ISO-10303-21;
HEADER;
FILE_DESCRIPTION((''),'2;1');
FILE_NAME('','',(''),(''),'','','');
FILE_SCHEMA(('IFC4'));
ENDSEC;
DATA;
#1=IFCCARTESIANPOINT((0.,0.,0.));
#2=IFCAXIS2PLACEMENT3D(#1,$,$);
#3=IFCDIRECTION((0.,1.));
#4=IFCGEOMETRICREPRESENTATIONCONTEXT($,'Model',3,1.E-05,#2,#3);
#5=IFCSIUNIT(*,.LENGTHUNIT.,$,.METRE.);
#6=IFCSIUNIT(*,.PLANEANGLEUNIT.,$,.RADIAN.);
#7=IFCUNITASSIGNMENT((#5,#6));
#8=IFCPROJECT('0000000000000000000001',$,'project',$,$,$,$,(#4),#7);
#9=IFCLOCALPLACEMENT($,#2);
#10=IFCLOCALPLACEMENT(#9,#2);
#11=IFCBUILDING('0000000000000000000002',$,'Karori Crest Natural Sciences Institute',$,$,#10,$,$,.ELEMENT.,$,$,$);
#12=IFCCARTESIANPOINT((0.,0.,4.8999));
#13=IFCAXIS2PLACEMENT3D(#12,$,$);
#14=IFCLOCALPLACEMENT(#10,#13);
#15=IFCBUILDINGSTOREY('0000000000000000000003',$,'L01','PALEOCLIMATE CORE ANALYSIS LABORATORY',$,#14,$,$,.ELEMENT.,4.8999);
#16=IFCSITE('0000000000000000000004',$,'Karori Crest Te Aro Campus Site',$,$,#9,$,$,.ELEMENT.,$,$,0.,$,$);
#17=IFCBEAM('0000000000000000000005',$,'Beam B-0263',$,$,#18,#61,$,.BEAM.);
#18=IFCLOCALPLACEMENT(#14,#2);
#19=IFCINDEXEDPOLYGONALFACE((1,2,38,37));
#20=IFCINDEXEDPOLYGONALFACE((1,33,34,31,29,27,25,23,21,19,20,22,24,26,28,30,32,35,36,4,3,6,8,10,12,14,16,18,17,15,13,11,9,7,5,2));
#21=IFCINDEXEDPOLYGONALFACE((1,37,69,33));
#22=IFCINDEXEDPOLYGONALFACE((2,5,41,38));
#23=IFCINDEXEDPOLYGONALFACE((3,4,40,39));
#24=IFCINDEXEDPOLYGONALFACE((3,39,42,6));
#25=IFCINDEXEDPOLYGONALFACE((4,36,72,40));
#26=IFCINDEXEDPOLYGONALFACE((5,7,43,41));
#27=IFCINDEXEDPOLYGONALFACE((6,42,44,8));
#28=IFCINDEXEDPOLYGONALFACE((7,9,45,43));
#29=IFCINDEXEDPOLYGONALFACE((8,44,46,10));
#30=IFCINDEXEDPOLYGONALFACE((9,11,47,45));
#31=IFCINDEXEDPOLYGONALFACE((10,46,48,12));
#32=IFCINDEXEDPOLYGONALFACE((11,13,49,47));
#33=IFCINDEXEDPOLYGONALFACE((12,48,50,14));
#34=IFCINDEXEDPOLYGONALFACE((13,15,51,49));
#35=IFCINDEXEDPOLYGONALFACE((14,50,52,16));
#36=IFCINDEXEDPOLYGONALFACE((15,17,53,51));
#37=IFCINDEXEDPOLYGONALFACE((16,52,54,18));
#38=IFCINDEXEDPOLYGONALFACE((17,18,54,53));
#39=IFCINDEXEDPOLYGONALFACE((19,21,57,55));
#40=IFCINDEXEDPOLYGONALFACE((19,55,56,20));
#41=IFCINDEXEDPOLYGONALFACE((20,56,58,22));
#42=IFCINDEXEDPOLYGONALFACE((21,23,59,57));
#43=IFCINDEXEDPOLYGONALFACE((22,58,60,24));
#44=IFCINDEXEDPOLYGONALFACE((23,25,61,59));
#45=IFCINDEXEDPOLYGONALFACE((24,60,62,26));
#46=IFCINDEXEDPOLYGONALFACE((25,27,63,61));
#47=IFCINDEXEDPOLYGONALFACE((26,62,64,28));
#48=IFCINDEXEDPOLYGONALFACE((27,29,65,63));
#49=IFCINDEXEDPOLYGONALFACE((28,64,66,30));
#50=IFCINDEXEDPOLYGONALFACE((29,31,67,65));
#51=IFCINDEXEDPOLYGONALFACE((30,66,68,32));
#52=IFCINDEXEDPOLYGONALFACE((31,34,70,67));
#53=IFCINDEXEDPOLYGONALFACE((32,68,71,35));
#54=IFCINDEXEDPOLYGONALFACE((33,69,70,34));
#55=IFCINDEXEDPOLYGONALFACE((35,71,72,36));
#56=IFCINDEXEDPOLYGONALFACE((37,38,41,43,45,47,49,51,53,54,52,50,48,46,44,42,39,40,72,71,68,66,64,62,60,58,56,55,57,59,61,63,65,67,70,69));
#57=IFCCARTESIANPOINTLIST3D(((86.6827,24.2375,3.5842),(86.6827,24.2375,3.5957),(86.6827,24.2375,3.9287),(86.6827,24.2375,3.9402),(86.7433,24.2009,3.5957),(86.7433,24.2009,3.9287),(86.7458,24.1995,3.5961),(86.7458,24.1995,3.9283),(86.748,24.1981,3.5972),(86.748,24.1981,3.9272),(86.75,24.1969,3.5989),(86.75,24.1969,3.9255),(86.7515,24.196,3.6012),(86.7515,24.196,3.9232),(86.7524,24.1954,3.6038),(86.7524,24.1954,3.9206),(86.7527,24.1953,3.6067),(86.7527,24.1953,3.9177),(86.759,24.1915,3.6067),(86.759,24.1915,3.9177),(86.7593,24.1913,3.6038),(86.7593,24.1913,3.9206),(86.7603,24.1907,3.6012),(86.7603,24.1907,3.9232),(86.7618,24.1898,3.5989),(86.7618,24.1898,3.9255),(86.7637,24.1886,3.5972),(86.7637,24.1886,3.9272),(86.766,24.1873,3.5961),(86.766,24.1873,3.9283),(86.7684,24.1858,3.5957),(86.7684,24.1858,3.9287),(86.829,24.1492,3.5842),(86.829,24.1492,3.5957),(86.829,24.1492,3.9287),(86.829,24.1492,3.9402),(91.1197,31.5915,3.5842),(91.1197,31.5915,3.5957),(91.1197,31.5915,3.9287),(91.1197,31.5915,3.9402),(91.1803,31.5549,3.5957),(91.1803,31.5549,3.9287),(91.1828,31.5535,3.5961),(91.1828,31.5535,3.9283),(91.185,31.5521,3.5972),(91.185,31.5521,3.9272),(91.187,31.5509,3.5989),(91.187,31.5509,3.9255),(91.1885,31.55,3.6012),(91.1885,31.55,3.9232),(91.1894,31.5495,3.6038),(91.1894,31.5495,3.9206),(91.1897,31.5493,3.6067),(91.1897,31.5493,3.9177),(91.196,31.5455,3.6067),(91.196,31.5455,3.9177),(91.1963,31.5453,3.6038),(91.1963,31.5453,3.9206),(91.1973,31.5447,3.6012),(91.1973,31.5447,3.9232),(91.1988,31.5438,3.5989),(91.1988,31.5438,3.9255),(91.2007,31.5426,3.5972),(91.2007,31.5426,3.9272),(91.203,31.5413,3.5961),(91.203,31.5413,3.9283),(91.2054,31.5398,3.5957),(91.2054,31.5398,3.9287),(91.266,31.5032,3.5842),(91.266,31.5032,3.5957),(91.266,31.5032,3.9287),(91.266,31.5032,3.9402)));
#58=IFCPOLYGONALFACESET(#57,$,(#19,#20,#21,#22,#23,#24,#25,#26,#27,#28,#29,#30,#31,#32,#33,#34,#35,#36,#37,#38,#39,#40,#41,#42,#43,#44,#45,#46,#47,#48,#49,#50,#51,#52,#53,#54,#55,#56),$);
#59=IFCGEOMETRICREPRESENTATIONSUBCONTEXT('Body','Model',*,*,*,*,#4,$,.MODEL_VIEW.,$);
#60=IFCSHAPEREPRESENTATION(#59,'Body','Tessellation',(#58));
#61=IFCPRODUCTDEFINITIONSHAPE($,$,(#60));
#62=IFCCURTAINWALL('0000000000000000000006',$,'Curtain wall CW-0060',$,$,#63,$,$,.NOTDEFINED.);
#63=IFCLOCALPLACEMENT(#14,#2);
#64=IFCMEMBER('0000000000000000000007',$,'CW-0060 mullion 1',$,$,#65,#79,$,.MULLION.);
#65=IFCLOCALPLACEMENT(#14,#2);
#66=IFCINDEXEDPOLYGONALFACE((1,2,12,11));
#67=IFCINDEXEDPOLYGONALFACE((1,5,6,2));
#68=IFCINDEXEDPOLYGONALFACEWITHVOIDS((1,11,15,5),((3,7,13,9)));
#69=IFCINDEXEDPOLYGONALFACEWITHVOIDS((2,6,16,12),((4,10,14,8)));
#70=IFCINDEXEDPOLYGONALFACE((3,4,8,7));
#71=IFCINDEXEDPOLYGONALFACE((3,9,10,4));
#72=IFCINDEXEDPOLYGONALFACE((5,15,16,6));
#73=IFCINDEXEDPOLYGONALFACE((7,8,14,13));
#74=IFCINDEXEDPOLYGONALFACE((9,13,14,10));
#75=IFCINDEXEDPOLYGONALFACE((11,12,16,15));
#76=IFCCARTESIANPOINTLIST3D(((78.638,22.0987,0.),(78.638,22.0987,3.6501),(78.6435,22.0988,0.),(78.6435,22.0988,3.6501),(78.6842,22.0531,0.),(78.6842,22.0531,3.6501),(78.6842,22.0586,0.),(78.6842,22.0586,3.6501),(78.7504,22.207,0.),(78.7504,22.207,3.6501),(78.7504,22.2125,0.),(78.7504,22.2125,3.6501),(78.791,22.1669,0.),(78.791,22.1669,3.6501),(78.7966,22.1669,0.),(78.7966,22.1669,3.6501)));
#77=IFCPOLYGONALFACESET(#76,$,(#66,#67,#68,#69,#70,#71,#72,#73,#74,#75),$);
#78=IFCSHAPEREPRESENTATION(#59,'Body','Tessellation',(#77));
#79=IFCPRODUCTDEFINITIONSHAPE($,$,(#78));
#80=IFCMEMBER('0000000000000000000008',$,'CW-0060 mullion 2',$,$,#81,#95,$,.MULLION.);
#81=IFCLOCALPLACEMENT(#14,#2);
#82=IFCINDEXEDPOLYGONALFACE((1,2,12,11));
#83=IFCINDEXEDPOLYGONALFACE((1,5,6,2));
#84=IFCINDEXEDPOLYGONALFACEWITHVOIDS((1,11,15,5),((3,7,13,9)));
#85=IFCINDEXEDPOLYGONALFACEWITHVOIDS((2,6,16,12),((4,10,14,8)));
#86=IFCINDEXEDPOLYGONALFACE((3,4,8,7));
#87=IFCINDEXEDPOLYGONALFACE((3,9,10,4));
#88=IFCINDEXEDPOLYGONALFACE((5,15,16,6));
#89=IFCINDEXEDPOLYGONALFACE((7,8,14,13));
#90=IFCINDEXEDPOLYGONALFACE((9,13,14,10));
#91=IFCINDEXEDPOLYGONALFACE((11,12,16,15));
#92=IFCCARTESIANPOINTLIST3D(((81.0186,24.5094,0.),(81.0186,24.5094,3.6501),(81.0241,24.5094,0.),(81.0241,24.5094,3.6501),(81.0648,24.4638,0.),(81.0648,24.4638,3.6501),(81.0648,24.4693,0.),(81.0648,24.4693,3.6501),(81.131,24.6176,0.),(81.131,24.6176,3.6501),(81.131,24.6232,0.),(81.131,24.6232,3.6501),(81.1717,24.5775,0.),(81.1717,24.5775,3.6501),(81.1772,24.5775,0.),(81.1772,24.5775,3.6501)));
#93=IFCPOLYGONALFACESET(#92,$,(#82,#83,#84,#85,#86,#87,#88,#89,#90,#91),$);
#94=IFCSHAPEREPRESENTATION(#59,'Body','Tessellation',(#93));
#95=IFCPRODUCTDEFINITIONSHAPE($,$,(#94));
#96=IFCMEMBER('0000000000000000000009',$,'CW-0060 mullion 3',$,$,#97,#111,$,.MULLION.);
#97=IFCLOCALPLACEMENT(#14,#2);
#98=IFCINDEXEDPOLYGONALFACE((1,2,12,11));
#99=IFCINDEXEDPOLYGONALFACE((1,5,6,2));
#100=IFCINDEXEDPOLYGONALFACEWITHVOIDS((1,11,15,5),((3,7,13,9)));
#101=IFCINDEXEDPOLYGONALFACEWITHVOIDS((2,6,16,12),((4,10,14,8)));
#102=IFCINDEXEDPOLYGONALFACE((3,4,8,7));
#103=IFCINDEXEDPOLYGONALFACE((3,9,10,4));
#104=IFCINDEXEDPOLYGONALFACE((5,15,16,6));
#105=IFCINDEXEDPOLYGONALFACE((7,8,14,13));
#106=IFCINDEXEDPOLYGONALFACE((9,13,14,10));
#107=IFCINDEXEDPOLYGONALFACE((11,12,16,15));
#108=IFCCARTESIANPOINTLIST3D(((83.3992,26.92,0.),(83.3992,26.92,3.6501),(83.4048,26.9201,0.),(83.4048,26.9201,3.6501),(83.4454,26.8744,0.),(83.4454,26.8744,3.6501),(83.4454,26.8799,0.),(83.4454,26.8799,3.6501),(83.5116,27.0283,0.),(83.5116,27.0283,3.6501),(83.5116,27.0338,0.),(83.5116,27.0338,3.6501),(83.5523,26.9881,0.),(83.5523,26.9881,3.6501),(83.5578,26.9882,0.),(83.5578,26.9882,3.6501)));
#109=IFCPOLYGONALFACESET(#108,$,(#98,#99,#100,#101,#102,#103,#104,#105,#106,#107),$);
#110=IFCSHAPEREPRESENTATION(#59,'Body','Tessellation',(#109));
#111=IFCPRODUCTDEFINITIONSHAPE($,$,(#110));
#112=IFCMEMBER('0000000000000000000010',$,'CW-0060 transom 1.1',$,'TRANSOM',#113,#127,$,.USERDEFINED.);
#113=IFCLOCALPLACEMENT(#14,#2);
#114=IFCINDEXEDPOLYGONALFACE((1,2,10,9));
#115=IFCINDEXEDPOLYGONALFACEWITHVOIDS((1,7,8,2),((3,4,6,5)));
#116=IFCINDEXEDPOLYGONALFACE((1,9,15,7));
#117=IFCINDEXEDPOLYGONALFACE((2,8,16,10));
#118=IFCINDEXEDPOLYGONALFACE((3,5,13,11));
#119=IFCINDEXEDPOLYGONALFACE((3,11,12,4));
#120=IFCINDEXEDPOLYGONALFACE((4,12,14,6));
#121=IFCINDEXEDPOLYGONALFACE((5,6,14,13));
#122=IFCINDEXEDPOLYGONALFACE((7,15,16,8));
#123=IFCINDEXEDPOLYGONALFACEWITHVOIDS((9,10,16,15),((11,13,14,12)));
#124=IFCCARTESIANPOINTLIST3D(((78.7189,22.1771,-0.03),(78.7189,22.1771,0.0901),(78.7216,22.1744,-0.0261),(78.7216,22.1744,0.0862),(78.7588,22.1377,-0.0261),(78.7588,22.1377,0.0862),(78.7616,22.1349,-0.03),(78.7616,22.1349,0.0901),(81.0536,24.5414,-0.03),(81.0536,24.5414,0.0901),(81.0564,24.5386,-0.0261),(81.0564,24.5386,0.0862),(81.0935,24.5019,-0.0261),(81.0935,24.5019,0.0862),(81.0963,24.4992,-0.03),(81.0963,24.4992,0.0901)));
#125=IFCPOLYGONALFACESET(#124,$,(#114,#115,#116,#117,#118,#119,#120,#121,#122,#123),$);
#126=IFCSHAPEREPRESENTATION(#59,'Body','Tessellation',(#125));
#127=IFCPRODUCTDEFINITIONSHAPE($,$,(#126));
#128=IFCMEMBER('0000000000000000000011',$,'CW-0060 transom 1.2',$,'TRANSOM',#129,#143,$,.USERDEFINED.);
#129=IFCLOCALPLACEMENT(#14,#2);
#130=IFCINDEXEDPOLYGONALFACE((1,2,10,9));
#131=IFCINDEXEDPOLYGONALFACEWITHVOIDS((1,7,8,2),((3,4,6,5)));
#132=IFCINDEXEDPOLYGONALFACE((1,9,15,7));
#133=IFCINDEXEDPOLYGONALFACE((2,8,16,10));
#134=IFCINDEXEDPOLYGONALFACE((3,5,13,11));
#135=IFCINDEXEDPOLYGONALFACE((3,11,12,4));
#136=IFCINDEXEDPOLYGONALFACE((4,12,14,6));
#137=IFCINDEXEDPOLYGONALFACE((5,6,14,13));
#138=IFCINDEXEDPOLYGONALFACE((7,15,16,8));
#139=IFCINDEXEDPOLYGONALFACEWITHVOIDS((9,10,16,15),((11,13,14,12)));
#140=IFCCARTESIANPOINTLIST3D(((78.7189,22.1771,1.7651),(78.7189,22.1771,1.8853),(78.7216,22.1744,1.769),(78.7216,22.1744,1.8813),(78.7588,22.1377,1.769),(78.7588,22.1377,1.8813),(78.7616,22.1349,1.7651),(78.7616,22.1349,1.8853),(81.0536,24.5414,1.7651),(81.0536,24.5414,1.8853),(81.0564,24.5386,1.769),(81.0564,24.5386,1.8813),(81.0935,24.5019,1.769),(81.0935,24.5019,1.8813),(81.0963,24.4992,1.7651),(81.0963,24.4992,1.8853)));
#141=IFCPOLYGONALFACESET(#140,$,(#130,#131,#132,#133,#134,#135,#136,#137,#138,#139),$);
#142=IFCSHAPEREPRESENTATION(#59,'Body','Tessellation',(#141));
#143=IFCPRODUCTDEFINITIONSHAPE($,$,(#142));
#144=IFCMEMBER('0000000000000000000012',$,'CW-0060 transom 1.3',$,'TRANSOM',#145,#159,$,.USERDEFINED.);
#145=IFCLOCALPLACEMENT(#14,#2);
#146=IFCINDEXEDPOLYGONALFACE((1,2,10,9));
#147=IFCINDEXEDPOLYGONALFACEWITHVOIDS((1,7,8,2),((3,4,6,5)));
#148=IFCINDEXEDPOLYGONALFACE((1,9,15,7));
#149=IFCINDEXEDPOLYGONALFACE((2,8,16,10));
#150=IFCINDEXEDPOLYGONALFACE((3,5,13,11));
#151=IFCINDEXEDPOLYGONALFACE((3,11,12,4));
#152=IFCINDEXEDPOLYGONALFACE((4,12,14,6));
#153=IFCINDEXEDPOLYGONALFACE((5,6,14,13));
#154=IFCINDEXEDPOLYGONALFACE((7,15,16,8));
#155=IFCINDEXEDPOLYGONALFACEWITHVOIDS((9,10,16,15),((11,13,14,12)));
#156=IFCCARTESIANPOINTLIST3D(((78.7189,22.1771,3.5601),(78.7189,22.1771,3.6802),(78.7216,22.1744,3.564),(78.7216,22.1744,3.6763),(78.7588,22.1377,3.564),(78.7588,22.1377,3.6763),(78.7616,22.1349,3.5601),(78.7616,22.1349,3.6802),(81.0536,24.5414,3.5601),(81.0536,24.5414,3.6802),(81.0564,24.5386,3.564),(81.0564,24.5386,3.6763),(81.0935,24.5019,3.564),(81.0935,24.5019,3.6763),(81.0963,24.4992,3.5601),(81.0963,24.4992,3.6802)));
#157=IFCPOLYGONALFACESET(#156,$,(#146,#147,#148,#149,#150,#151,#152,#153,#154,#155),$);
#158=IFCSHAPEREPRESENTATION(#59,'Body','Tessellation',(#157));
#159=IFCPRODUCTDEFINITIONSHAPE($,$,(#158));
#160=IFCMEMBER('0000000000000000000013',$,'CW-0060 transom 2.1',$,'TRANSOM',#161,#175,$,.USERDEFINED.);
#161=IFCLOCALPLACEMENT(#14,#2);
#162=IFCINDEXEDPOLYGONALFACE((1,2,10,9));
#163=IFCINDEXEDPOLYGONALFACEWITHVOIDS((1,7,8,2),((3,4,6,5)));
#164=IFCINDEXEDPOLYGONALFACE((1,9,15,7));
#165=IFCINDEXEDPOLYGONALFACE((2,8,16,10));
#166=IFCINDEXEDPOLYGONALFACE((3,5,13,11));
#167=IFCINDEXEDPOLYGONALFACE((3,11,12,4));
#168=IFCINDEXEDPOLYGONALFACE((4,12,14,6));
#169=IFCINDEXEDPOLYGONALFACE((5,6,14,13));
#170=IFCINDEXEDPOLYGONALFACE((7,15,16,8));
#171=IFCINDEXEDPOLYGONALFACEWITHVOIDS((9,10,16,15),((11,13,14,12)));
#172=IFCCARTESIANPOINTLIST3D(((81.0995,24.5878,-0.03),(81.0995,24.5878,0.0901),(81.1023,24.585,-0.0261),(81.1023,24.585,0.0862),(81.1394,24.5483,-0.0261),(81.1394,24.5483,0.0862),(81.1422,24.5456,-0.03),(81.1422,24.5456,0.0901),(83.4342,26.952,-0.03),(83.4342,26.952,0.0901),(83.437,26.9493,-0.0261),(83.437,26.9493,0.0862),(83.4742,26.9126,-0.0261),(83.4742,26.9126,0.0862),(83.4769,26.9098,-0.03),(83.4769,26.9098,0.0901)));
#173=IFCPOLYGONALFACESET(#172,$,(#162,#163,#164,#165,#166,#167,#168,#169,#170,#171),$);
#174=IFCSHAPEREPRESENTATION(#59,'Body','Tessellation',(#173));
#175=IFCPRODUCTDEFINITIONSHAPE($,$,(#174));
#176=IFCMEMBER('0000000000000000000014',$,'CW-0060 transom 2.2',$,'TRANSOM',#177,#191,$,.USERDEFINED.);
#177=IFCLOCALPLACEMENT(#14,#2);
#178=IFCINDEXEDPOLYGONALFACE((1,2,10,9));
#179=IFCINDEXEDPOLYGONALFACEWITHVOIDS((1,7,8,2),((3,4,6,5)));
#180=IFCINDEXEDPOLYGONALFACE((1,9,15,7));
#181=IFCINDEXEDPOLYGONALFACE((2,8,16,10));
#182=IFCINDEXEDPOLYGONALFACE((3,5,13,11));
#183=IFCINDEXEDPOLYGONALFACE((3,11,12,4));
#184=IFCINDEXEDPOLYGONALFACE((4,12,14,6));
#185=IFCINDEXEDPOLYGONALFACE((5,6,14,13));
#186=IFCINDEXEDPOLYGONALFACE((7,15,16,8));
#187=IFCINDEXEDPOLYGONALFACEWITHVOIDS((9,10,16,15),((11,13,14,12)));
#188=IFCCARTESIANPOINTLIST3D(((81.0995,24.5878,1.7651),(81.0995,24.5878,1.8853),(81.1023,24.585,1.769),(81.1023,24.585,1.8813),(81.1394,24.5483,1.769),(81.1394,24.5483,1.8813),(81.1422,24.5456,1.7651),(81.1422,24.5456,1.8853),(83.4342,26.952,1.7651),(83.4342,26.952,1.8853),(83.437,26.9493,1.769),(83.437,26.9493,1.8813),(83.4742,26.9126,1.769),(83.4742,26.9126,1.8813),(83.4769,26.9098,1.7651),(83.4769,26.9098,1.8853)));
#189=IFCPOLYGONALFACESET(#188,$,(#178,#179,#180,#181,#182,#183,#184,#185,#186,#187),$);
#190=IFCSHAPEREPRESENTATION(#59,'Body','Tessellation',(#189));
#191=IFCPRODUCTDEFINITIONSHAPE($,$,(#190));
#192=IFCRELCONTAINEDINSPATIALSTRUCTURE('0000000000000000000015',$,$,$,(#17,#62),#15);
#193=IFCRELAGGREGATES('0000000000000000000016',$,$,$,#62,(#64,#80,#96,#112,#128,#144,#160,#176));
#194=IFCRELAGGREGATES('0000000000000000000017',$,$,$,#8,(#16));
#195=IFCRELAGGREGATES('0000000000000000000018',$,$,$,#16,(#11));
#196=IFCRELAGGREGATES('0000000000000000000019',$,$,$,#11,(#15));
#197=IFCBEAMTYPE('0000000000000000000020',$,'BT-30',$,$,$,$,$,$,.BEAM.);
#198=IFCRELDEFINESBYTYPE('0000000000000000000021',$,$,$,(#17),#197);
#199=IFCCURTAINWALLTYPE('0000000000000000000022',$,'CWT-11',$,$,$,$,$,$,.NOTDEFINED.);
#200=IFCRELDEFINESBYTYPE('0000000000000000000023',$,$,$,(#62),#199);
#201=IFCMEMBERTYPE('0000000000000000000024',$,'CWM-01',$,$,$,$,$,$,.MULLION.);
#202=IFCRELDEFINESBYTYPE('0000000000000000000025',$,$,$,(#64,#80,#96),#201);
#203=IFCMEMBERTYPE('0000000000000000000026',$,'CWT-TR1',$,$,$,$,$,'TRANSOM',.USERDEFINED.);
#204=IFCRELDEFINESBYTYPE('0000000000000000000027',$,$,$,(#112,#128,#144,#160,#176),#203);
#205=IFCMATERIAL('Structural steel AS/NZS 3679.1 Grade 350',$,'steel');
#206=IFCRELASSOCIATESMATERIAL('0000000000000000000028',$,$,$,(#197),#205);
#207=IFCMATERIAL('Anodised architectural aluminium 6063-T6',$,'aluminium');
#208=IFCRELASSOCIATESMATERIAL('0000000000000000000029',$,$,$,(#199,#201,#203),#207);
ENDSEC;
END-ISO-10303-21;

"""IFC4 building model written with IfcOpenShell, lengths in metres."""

from ifc_helpers import new_model, si_unit, direction, frame, origin, origin_2d, place, context, subcontext, project, spatial, hollow_rectangle, i_section, extrude, material, material_profile, profile_set, type_object, element, aggregate, save


model = new_model("IFC4")

# Units and contexts
model_context = context("Model", 3, precision=1e-05, world=origin(), true_north=direction((0.0, 1.0)))
body_context = subcontext(model_context, "Body", "Model", "MODEL_VIEW")
ifc_project = project(units=[si_unit("LENGTHUNIT", "METRE"), si_unit("PLANEANGLEUNIT", "RADIAN")], contexts=[model_context])

# Site, building, storey
site_placement = place(None, origin())
site = spatial("IfcSite", under=ifc_project, at=site_placement, Name="Karori Crest Te Aro Campus Site", CompositionType="ELEMENT", RefElevation=0.0)
building_placement = place(site_placement, origin())
building = spatial("IfcBuilding", under=site, at=building_placement, Name="Karori Crest Natural Sciences Institute", CompositionType="ELEMENT")
storey_placement = place(building_placement, frame((0.0, 0.0, 4.8999)))
storey = spatial("IfcBuildingStorey", under=building, at=storey_placement, Name="L01", Description="PALEOCLIMATE CORE ANALYSIS LABORATORY", CompositionType="ELEMENT", Elevation=4.8999)

# Shared definitions
ifc_material_1 = material(Name="Structural steel AS/NZS 3679.1 Grade 350", Category="steel")

# Beam
ifc_material_profile_1 = material_profile(ifc_material_1, i_section(OverallWidth=0.1709, OverallDepth=0.356, WebThickness=0.0073, FlangeThickness=0.0115, FilletRadius=0.011, at=origin_2d()), Name="360UB50.7")
ifc_profile_set_1 = profile_set([ifc_material_profile_1], Name="Structural steel AS/NZS 3679.1 Grade 350")
beam_type_1 = type_object("IfcBeamType", Name="BT-30", PredefinedType="BEAM", material=ifc_profile_set_1)
beam_1_placement = place(storey_placement, frame((86.7559, 24.1934, 3.7622), z_axis=(0.516601, 0.856226, 0.0), x_axis=(-0.856226, 0.516601, 0.0)))
element("IfcBeam", 1, at=beam_1_placement, inside=storey, type_object=beam_type_1, Name="Beam B-0263", PredefinedType="BEAM", context=body_context, shape_type="SweptSolid", body=[
    extrude(i_section(OverallWidth=0.1709, OverallDepth=0.356, WebThickness=0.0073, FlangeThickness=0.0115, FilletRadius=0.011, at=origin_2d()), origin(), (0.0, 0.0, 1.0), 8.5889),
])

# Curtain wall, members
ifc_material_2 = material(Name="Anodised architectural aluminium 6063-T6", Category="aluminium")
curtain_wall_type = type_object("IfcCurtainWallType", Name="CWT-11", PredefinedType="NOTDEFINED", material=ifc_material_2)
curtain_wall_placement = place(storey_placement, origin())
curtain_wall = element("IfcCurtainWall", 2, at=curtain_wall_placement, inside=storey, type_object=curtain_wall_type, Name="Curtain wall CW-0060", PredefinedType="NOTDEFINED")
ifc_material_profile_2 = material_profile(ifc_material_2, hollow_rectangle(XDim=0.0649, YDim=0.1599, WallThickness=0.0039, at=origin_2d()), Name="CWM160x65x4")
ifc_profile_set_2 = profile_set([ifc_material_profile_2], Name="Anodised architectural aluminium 6063-T6")
member_type_1 = type_object("IfcMemberType", Name="CWM-01", PredefinedType="MULLION", material=ifc_profile_set_2)
member_1_placement = place(storey_placement, frame((78.7173, 22.1328, 0.0), z_axis=(0.0, 0.0, 1.0), x_axis=(-0.711529, 0.702656, 0.0)))
member_1 = element("IfcMember", 3, at=member_1_placement, type_object=member_type_1, Name="CW-0060 mullion 1", PredefinedType="MULLION", context=body_context, shape_type="SweptSolid", body=[
    extrude(hollow_rectangle(XDim=0.0649, YDim=0.1599, WallThickness=0.0039, at=origin_2d()), origin(), (0.0, 0.0, 1.0), 3.6501),
])
member_2_placement = place(storey_placement, frame((81.0979, 24.5435, 0.0), z_axis=(0.0, 0.0, 1.0), x_axis=(-0.711529, 0.702656, 0.0)))
member_2 = element("IfcMember", 4, at=member_2_placement, type_object=member_type_1, Name="CW-0060 mullion 2", PredefinedType="MULLION", context=body_context, shape_type="SweptSolid", body=[
    extrude(hollow_rectangle(XDim=0.0649, YDim=0.1599, WallThickness=0.0039, at=origin_2d()), origin(), (0.0, 0.0, 1.0), 3.6501),
])
member_3_placement = place(storey_placement, frame((83.4785, 26.9541, 0.0), z_axis=(0.0, 0.0, 1.0), x_axis=(-0.711529, 0.702656, 0.0)))
member_3 = element("IfcMember", 5, at=member_3_placement, type_object=member_type_1, Name="CW-0060 mullion 3", PredefinedType="MULLION", context=body_context, shape_type="SweptSolid", body=[
    extrude(hollow_rectangle(XDim=0.0649, YDim=0.1599, WallThickness=0.0039, at=origin_2d()), origin(), (0.0, 0.0, 1.0), 3.6501),
])
ifc_material_profile_3 = material_profile(ifc_material_2, hollow_rectangle(XDim=0.0601, YDim=0.1201, WallThickness=0.0039, at=origin_2d()), Name="CWT120x60x4")
ifc_profile_set_3 = profile_set([ifc_material_profile_3], Name="Anodised architectural aluminium 6063-T6")
member_type_2 = type_object("IfcMemberType", Name="CWT-TR1", ElementType="TRANSOM", PredefinedType="USERDEFINED", material=ifc_profile_set_3)
member_4_placement = place(storey_placement, frame((78.7402, 22.156, 0.03), z_axis=(0.702648, 0.711538, 0.0), x_axis=(-0.711538, 0.702648, 0.0)))
member_4 = element("IfcMember", 6, at=member_4_placement, type_object=member_type_2, Name="CW-0060 transom 1.1", ObjectType="TRANSOM", PredefinedType="USERDEFINED", context=body_context, shape_type="SweptSolid", body=[
    extrude(hollow_rectangle(XDim=0.0601, YDim=0.1201, WallThickness=0.0039, at=origin_2d()), origin(), (0.0, 0.0, 1.0), 3.3228),
])
member_5_placement = place(storey_placement, frame((78.7402, 22.156, 1.8252), z_axis=(0.702648, 0.711538, 0.0), x_axis=(-0.711538, 0.702648, 0.0)))
member_5 = element("IfcMember", 7, at=member_5_placement, type_object=member_type_2, Name="CW-0060 transom 1.2", ObjectType="TRANSOM", PredefinedType="USERDEFINED", context=body_context, shape_type="SweptSolid", body=[
    extrude(hollow_rectangle(XDim=0.0601, YDim=0.1201, WallThickness=0.0039, at=origin_2d()), origin(), (0.0, 0.0, 1.0), 3.3228),
])
member_6_placement = place(storey_placement, frame((78.7402, 22.156, 3.6201), z_axis=(0.702648, 0.711538, 0.0), x_axis=(-0.711538, 0.702648, 0.0)))
member_6 = element("IfcMember", 8, at=member_6_placement, type_object=member_type_2, Name="CW-0060 transom 1.3", ObjectType="TRANSOM", PredefinedType="USERDEFINED", context=body_context, shape_type="SweptSolid", body=[
    extrude(hollow_rectangle(XDim=0.0601, YDim=0.1201, WallThickness=0.0039, at=origin_2d()), origin(), (0.0, 0.0, 1.0), 3.3228),
])
member_7_placement = place(storey_placement, frame((81.1208, 24.5667, 0.03), z_axis=(0.702648, 0.711538, 0.0), x_axis=(-0.711538, 0.702648, 0.0)))
member_7 = element("IfcMember", 9, at=member_7_placement, type_object=member_type_2, Name="CW-0060 transom 2.1", ObjectType="TRANSOM", PredefinedType="USERDEFINED", context=body_context, shape_type="SweptSolid", body=[
    extrude(hollow_rectangle(XDim=0.0601, YDim=0.1201, WallThickness=0.0039, at=origin_2d()), origin(), (0.0, 0.0, 1.0), 3.3228),
])
member_8_placement = place(storey_placement, frame((81.1208, 24.5667, 1.8252), z_axis=(0.702648, 0.711538, 0.0), x_axis=(-0.711538, 0.702648, 0.0)))
member_8 = element("IfcMember", 10, at=member_8_placement, type_object=member_type_2, Name="CW-0060 transom 2.2", ObjectType="TRANSOM", PredefinedType="USERDEFINED", context=body_context, shape_type="SweptSolid", body=[
    extrude(hollow_rectangle(XDim=0.0601, YDim=0.1201, WallThickness=0.0039, at=origin_2d()), origin(), (0.0, 0.0, 1.0), 3.3228),
])
aggregate(curtain_wall, [member_1, member_2, member_3, member_4, member_5, member_6, member_7, member_8])

save(model, "model.ifc")
